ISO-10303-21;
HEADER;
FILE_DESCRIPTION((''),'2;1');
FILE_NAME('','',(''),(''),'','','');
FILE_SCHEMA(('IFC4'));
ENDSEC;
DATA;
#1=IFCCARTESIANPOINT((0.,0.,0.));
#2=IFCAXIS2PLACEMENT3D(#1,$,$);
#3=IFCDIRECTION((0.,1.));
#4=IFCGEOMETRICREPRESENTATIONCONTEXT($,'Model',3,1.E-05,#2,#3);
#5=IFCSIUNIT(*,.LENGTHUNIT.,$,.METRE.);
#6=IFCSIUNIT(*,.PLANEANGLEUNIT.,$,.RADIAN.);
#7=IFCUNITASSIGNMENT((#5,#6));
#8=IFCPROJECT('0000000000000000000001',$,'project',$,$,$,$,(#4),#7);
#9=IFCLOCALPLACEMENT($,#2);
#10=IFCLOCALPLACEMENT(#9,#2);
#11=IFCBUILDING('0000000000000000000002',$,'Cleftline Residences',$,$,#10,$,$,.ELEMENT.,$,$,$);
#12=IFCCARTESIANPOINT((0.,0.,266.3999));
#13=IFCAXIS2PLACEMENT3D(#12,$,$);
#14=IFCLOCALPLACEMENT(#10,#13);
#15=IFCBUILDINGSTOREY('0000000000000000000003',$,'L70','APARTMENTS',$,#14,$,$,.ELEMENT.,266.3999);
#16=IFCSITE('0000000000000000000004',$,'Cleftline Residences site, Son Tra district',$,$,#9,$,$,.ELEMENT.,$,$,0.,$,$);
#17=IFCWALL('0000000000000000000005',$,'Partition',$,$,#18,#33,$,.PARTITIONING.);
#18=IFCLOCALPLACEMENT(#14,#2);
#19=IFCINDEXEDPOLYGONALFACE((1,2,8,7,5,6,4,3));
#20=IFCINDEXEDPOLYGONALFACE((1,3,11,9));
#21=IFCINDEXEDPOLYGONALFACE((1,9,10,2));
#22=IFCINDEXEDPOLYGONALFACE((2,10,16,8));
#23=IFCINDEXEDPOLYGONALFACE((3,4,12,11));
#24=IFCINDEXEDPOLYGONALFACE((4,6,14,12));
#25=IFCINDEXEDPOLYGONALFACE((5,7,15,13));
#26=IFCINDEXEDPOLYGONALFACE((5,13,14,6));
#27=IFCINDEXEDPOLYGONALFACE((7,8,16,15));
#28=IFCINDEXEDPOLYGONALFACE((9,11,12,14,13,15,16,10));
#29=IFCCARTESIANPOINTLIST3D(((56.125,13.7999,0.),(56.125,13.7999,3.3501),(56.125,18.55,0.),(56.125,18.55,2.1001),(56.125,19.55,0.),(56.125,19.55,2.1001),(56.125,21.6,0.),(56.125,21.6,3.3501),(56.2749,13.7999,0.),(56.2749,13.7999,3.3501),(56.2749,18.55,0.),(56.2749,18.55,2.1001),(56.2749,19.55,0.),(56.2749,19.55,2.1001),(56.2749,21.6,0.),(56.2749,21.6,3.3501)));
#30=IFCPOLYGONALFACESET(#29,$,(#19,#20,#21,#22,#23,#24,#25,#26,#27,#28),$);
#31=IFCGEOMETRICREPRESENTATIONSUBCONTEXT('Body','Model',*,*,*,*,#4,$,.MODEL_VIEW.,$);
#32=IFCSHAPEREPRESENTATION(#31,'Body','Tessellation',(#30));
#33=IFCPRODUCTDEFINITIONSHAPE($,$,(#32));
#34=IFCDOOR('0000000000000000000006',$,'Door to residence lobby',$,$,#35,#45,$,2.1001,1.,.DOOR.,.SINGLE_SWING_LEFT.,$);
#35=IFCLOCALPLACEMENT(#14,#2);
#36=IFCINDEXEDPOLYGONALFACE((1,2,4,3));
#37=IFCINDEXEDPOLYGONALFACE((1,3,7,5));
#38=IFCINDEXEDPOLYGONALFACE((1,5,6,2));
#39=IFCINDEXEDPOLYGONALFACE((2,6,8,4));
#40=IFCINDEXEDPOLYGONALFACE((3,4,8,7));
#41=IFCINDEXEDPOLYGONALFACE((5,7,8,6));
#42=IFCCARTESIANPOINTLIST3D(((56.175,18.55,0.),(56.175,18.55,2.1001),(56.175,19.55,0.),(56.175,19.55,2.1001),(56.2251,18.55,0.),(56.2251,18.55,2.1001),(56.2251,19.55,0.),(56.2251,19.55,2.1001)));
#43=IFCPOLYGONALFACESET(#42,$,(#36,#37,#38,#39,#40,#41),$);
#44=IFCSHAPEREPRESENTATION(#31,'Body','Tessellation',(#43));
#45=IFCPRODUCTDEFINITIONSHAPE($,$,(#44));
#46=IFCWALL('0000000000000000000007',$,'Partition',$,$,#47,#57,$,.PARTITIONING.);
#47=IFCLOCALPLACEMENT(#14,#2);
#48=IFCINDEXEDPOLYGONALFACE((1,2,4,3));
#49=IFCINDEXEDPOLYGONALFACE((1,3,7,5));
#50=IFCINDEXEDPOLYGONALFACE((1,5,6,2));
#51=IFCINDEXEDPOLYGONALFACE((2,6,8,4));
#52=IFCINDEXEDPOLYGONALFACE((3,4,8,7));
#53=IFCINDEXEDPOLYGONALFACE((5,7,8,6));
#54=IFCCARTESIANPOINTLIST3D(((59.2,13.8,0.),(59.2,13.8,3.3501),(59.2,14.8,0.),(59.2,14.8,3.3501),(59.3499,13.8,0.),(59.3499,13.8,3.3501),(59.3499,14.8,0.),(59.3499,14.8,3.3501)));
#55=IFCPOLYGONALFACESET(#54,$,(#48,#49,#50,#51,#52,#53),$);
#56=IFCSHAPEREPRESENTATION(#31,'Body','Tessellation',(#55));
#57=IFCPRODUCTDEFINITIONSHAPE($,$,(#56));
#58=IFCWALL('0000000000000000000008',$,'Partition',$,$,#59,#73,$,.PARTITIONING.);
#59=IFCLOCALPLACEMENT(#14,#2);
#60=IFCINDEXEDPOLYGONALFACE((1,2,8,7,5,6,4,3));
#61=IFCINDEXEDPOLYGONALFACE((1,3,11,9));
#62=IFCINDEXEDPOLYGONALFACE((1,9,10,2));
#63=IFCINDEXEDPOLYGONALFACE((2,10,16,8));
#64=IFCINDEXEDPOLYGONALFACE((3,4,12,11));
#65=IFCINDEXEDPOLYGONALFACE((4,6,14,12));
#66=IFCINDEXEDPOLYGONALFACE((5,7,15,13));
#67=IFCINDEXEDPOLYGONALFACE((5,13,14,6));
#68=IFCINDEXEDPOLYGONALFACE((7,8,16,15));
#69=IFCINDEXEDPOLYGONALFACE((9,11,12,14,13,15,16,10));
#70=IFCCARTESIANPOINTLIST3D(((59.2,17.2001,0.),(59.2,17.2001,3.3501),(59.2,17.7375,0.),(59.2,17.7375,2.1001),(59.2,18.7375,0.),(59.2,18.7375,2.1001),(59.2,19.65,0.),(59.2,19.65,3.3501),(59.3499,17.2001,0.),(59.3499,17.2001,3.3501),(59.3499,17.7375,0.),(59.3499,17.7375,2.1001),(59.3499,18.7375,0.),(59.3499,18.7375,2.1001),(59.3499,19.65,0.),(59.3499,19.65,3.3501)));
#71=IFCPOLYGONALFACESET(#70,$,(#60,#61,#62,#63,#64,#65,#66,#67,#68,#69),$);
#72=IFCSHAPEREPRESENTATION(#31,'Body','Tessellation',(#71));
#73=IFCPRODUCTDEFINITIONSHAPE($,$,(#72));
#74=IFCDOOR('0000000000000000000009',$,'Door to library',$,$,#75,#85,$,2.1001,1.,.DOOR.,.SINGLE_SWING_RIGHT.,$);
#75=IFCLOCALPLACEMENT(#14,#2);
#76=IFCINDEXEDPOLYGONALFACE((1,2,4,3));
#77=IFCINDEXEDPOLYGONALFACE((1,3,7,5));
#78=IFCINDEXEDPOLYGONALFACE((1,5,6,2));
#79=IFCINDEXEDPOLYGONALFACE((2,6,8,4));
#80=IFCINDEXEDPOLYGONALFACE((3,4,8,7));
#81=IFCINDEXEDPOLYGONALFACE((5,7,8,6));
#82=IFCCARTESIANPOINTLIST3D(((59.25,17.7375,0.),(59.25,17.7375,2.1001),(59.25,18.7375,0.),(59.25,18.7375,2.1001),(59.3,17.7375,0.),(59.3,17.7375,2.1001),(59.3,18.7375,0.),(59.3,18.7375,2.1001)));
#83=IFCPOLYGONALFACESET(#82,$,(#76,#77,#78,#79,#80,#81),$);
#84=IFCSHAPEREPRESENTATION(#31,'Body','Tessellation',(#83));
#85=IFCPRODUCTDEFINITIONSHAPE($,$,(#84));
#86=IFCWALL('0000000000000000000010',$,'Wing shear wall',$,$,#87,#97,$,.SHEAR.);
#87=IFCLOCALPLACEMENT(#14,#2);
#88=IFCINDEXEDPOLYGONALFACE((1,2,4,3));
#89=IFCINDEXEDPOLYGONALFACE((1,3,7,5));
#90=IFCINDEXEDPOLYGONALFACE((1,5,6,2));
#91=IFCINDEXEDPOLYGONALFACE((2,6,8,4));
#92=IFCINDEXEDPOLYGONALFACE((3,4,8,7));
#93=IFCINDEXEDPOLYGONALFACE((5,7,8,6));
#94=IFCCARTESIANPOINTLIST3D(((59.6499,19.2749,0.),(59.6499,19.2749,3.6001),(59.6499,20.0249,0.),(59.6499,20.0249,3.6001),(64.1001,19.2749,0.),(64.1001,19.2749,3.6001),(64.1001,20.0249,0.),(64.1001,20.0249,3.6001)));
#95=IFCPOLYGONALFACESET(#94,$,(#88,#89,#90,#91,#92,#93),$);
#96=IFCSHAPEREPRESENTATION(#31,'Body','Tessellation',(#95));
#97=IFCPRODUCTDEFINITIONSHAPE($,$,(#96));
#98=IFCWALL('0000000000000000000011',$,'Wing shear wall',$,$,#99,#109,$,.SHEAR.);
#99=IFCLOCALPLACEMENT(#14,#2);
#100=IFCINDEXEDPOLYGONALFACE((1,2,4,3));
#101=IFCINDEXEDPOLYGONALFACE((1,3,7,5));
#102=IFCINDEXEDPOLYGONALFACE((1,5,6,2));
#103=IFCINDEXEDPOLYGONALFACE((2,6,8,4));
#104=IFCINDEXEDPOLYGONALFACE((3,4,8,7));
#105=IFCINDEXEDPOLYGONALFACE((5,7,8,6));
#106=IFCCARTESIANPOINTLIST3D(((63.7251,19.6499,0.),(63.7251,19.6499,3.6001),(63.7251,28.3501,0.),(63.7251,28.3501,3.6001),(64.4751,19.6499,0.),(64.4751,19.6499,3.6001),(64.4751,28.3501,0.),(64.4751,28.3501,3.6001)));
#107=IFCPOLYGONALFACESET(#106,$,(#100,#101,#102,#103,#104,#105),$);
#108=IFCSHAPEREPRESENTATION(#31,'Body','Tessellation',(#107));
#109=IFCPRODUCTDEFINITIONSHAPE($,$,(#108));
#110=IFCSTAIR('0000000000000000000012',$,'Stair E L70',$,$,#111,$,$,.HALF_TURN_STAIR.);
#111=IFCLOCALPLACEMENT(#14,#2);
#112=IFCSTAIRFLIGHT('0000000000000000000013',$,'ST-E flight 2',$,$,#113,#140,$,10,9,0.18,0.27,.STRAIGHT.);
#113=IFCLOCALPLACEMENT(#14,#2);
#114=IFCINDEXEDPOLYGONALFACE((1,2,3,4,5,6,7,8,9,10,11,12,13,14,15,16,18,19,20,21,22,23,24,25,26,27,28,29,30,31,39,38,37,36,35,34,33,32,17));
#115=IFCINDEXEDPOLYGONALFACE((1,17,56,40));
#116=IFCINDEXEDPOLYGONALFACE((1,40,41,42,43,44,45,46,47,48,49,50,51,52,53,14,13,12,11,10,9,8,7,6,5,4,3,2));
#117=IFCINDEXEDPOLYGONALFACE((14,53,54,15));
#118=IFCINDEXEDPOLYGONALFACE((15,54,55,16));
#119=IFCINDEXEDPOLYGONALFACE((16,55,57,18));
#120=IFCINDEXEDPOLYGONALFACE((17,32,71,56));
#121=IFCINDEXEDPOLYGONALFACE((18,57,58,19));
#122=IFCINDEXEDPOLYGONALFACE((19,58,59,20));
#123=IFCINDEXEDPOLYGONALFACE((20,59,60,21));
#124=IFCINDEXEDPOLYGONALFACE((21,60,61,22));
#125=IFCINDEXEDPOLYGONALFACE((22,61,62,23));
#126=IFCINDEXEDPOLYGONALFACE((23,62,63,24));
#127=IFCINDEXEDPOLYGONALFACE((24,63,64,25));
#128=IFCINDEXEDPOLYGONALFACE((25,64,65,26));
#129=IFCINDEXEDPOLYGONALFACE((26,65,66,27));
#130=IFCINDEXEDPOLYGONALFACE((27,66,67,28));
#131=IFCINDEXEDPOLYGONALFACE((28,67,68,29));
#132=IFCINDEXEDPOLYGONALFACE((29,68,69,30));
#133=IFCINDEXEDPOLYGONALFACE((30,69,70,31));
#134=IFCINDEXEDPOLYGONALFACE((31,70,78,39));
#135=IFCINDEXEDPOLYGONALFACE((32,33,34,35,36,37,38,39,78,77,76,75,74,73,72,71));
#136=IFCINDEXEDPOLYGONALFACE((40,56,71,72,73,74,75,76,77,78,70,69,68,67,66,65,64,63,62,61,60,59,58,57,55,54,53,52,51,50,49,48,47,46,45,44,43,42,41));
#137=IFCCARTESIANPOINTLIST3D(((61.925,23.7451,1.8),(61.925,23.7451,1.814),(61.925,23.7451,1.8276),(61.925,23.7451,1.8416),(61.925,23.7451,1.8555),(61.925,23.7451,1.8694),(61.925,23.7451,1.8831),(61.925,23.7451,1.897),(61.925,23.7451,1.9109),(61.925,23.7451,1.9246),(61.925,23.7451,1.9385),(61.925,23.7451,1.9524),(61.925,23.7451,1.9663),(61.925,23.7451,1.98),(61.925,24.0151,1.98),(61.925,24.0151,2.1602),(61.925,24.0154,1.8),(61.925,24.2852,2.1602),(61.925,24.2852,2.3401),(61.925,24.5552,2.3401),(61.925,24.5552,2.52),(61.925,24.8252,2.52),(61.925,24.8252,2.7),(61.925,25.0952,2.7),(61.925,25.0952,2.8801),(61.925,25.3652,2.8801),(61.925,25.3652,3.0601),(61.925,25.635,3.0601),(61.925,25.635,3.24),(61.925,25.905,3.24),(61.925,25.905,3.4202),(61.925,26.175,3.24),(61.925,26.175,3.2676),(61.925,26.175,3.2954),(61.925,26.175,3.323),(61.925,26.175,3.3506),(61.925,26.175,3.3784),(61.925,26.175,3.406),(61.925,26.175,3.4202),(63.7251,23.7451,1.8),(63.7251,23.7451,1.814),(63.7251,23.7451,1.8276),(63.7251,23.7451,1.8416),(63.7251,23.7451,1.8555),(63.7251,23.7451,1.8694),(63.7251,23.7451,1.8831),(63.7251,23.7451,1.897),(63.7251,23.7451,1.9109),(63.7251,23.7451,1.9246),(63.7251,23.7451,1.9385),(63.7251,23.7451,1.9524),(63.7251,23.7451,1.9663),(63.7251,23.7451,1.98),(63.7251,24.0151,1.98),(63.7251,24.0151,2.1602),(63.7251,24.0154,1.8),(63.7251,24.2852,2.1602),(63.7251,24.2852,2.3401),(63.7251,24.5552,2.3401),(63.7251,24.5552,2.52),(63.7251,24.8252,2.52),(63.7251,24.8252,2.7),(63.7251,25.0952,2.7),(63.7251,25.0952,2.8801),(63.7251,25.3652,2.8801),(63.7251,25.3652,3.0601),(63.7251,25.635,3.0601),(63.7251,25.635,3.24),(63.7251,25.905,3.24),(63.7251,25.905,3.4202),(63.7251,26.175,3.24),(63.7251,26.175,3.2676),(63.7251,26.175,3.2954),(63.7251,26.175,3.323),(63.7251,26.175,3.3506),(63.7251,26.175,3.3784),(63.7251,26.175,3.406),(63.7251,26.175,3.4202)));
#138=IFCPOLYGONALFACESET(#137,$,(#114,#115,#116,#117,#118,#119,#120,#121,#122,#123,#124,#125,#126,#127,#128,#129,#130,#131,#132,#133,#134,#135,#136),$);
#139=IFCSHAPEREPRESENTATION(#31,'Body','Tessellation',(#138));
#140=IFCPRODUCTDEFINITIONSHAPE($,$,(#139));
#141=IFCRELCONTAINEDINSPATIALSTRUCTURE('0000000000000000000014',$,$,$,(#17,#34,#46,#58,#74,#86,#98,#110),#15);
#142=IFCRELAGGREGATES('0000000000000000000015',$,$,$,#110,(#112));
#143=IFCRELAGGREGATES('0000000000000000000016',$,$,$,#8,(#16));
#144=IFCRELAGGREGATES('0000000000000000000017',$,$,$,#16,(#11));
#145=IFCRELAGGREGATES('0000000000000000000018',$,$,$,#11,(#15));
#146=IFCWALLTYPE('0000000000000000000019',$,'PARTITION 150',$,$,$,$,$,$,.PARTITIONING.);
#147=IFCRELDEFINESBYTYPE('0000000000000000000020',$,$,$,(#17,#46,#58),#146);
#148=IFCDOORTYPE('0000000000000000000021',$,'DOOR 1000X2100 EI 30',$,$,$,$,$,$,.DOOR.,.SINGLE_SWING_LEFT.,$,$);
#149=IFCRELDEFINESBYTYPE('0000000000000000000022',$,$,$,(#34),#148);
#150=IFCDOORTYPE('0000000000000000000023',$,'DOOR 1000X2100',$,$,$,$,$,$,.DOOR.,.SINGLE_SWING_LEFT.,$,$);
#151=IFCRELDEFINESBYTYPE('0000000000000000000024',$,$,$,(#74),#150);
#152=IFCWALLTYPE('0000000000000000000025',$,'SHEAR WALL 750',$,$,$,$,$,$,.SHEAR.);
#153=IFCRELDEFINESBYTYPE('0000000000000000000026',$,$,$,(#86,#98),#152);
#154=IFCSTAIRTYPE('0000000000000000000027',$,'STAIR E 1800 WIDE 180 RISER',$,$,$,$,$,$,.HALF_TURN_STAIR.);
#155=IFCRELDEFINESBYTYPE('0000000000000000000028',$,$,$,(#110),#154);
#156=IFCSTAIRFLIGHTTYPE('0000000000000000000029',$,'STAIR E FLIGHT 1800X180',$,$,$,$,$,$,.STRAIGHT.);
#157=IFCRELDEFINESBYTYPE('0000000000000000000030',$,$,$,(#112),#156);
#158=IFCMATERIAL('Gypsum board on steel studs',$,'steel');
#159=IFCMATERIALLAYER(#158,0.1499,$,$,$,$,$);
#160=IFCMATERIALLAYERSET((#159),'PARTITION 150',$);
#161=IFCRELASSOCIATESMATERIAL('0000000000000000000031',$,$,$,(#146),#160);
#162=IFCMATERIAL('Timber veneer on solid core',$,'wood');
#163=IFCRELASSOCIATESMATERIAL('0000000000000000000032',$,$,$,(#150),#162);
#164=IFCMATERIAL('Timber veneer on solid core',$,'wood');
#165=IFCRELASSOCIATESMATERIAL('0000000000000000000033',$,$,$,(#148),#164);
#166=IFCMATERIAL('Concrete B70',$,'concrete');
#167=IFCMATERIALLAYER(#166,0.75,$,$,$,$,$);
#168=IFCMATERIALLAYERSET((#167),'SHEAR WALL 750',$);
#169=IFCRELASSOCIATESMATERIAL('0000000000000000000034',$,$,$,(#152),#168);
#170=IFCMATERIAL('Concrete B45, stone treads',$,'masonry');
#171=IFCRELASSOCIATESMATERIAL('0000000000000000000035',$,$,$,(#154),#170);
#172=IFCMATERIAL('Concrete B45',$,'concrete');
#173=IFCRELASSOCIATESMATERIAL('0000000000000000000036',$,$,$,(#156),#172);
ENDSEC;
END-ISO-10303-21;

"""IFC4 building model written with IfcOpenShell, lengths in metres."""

from ifc_helpers import new_model, si_unit, direction, frame, frame_2d, origin, place, context, subcontext, project, spatial, polyline, rectangle, outline, extrude, material, layer, layer_set, type_object, element, fill, aggregate, save


model = new_model("IFC4")

# Units and contexts
model_context = context("Model", 3, precision=1e-05, world=origin(), true_north=direction((0.0, 1.0)))
body_context = subcontext(model_context, "Body", "Model", "MODEL_VIEW")
ifc_project = project(units=[si_unit("LENGTHUNIT", "METRE"), si_unit("PLANEANGLEUNIT", "RADIAN")], contexts=[model_context])

# Site, building, storey
site_placement = place(None, origin())
site = spatial("IfcSite", under=ifc_project, at=site_placement, Name="Cleftline Residences site, Son Tra district", CompositionType="ELEMENT", RefElevation=0.0)
building_placement = place(site_placement, origin())
building = spatial("IfcBuilding", under=site, at=building_placement, Name="Cleftline Residences", CompositionType="ELEMENT")
storey_placement = place(building_placement, frame((0.0, 0.0, 266.3999)))
storey = spatial("IfcBuildingStorey", under=building, at=storey_placement, Name="L70", Description="APARTMENTS", CompositionType="ELEMENT", Elevation=266.3999)

# Shared definitions
ifc_material_1 = material(Name="Gypsum board on steel studs", Category="steel")
ifc_layer_1 = layer(ifc_material_1, 0.1499)
ifc_layer_set_1 = layer_set([ifc_layer_1], Name="PARTITION 150")
wall_type_1 = type_object("IfcWallType", Name="PARTITION 150", PredefinedType="PARTITIONING", material=ifc_layer_set_1)
ifc_material_2 = material(Name="Timber veneer on solid core", Category="wood")
door_type_1 = type_object("IfcDoorType", Name="DOOR 1000X2100", OperationType="SINGLE_SWING_LEFT", PredefinedType="DOOR", material=ifc_material_2)

# Wall, opening, door
wall_1_placement = place(storey_placement, frame((56.2, 13.8, 0.0), z_axis=(0.0, 0.0, 1.0), x_axis=(0.0, 1.0, 0.0)))
wall_1 = element("IfcWall", 1, at=wall_1_placement, inside=storey, type_object=wall_type_1, Name="Partition", PredefinedType="PARTITIONING", context=body_context, shape_type="SweptSolid", body=[
    extrude(rectangle(XDim=7.8, YDim=0.1499, at=frame_2d((3.8999, 0.0))), origin(), (0.0, 0.0, 1.0), 3.3501),
])
opening_1_placement = place(wall_1_placement, frame((4.75, 0.0, 0.0)))
opening_1 = element("IfcOpeningElement", 2, at=opening_1_placement, cuts=wall_1, PredefinedType="OPENING", context=body_context, shape_type="SweptSolid", body=[
    extrude(rectangle(XDim=1.0, YDim=2.1001, at=frame_2d((0.5, 1.05))), frame((0.0, 0.085, 0.0), z_axis=(0.0, -1.0, 0.0), x_axis=(1.0, 0.0, 0.0)), (0.0, 0.0, 1.0), 0.1699),
])
ifc_material_3 = material(Name="Timber veneer on solid core", Category="wood")
door_type_2 = type_object("IfcDoorType", Name="DOOR 1000X2100 EI 30", OperationType="SINGLE_SWING_LEFT", PredefinedType="DOOR", material=ifc_material_3)
door_1_placement = place(opening_1_placement, origin())
door_1 = element("IfcDoor", 3, at=door_1_placement, inside=storey, type_object=door_type_2, Name="Door to residence lobby", OperationType="SINGLE_SWING_LEFT", OverallHeight=2.1001, OverallWidth=1.0, PredefinedType="DOOR", context=body_context, shape_type="SweptSolid", body=[
    extrude(rectangle(XDim=1.0, YDim=2.1001, at=frame_2d((0.5, 1.05))), frame((0.0, 0.0249, 0.0), z_axis=(0.0, -1.0, 0.0), x_axis=(1.0, 0.0, 0.0)), (0.0, 0.0, 1.0), 0.05),
])
fill(opening_1, door_1)

# Wall
wall_2_placement = place(storey_placement, frame((59.2749, 13.8, 0.0), z_axis=(0.0, 0.0, 1.0), x_axis=(0.0, 1.0, 0.0)))
element("IfcWall", 4, at=wall_2_placement, inside=storey, type_object=wall_type_1, Name="Partition", PredefinedType="PARTITIONING", context=body_context, shape_type="SweptSolid", body=[
    extrude(rectangle(XDim=1.0, YDim=0.1499, at=frame_2d((0.5, 0.0))), origin(), (0.0, 0.0, 1.0), 3.3501),
])

# Wall, opening, door
wall_3_placement = place(storey_placement, frame((59.2749, 17.2, 0.0), z_axis=(0.0, 0.0, 1.0), x_axis=(0.0, 1.0, 0.0)))
wall_3 = element("IfcWall", 5, at=wall_3_placement, inside=storey, type_object=wall_type_1, Name="Partition", PredefinedType="PARTITIONING", context=body_context, shape_type="SweptSolid", body=[
    extrude(rectangle(XDim=2.45, YDim=0.1499, at=frame_2d((1.2251, 0.0))), origin(), (0.0, 0.0, 1.0), 3.3501),
])
opening_2_placement = place(wall_3_placement, frame((0.5376, 0.0, 0.0)))
opening_2 = element("IfcOpeningElement", 6, at=opening_2_placement, cuts=wall_3, PredefinedType="OPENING", context=body_context, shape_type="SweptSolid", body=[
    extrude(rectangle(XDim=1.0, YDim=2.1001, at=frame_2d((0.5, 1.05))), frame((0.0, 0.085, 0.0), z_axis=(0.0, -1.0, 0.0), x_axis=(1.0, 0.0, 0.0)), (0.0, 0.0, 1.0), 0.1699),
])
door_2_placement = place(opening_2_placement, origin())
door_2 = element("IfcDoor", 7, at=door_2_placement, inside=storey, type_object=door_type_1, Name="Door to library", OperationType="SINGLE_SWING_RIGHT", OverallHeight=2.1001, OverallWidth=1.0, PredefinedType="DOOR", context=body_context, shape_type="SweptSolid", body=[
    extrude(rectangle(XDim=1.0, YDim=2.1001, at=frame_2d((0.5, 1.05))), frame((0.0, 0.0249, 0.0), z_axis=(0.0, -1.0, 0.0), x_axis=(1.0, 0.0, 0.0)), (0.0, 0.0, 1.0), 0.05),
])
fill(opening_2, door_2)

# Walls
ifc_material_4 = material(Name="Concrete B70", Category="concrete")
ifc_layer_2 = layer(ifc_material_4, 0.75)
ifc_layer_set_2 = layer_set([ifc_layer_2], Name="SHEAR WALL 750")
wall_type_2 = type_object("IfcWallType", Name="SHEAR WALL 750", PredefinedType="SHEAR", material=ifc_layer_set_2)
wall_4_placement = place(storey_placement, frame((59.6499, 19.6499, 0.0), z_axis=(0.0, 0.0, 1.0), x_axis=(1.0, 0.0, 0.0)))
element("IfcWall", 8, at=wall_4_placement, inside=storey, type_object=wall_type_2, Name="Wing shear wall", PredefinedType="SHEAR", context=body_context, shape_type="SweptSolid", body=[
    extrude(rectangle(XDim=4.4502, YDim=0.75, at=frame_2d((2.2251, 0.0))), origin(), (0.0, 0.0, 1.0), 3.6001),
])
wall_5_placement = place(storey_placement, frame((64.1001, 19.6499, 0.0), z_axis=(0.0, 0.0, 1.0), x_axis=(0.0, 1.0, 0.0)))
element("IfcWall", 9, at=wall_5_placement, inside=storey, type_object=wall_type_2, Name="Wing shear wall", PredefinedType="SHEAR", context=body_context, shape_type="SweptSolid", body=[
    extrude(rectangle(XDim=8.7002, YDim=0.75, at=frame_2d((4.3501, 0.0))), origin(), (0.0, 0.0, 1.0), 3.6001),
])

# Stair, stair flight
ifc_material_5 = material(Name="Concrete B45, stone treads", Category="masonry")
stair_type = type_object("IfcStairType", Name="STAIR E 1800 WIDE 180 RISER", PredefinedType="HALF_TURN_STAIR", material=ifc_material_5)
stair_placement = place(storey_placement, origin())
stair = element("IfcStair", 10, at=stair_placement, inside=storey, type_object=stair_type, Name="Stair E L70", PredefinedType="HALF_TURN_STAIR")
ifc_material_6 = material(Name="Concrete B45", Category="concrete")
stair_flight_type = type_object("IfcStairFlightType", Name="STAIR E FLIGHT 1800X180", PredefinedType="STRAIGHT", material=ifc_material_6)
stair_flight_placement = place(storey_placement, frame((62.825, 23.7451, 1.8), z_axis=(0.0, 0.0, 1.0), x_axis=(0.0, 1.0, 0.0)))
stair_flight = element("IfcStairFlight", 11, at=stair_flight_placement, type_object=stair_flight_type, Name="ST-E flight 2", NumberOfRisers=10, NumberOfTreads=9, PredefinedType="STRAIGHT", RiserHeight=0.18, TreadLength=0.27, context=body_context, shape_type="SweptSolid", body=[
    extrude(outline(polyline([(0.0, 0.0), (0.0, 0.0139), (0.0, 0.0276), (0.0, 0.0415), (0.0, 0.0554), (0.0, 0.0693), (0.0, 0.083), (0.0, 0.0969), (0.0, 0.1108), (0.0, 0.1245), (0.0, 0.1384), (0.0, 0.1523), (0.0, 0.1663), (0.0, 0.1799), (0.27, 0.1799), (0.27, 0.3601), (0.54, 0.3601), (0.54, 0.54), (0.8101, 0.54), (0.8101, 0.72), (1.0801, 0.72), (1.0801, 0.8999), (1.3501, 0.8999), (1.3501, 1.0801), (1.6201, 1.0801), (1.6201, 1.26), (1.8899, 1.26), (1.8899, 1.4399), (2.1599, 1.4399), (2.1599, 1.6201), (2.4299, 1.6201), (2.4299, 1.8), (2.4299, 1.7722), (2.4299, 1.7446), (2.4299, 1.7168), (2.4299, 1.6892), (2.4299, 1.6614), (2.4299, 1.6338), (2.4299, 1.606), (2.4299, 1.5784), (2.4299, 1.5505), (2.4299, 1.5229), (2.4299, 1.4954), (2.4299, 1.4675), (2.4299, 1.4399), (0.2703, 0.0), (0.0, 0.0)])), frame((0.0, 0.8999, 0.0), z_axis=(0.0, -1.0, 0.0), x_axis=(1.0, 0.0, 0.0)), (0.0, 0.0, 1.0), 1.8),
])
aggregate(stair, [stair_flight])

save(model, "model.ifc")
